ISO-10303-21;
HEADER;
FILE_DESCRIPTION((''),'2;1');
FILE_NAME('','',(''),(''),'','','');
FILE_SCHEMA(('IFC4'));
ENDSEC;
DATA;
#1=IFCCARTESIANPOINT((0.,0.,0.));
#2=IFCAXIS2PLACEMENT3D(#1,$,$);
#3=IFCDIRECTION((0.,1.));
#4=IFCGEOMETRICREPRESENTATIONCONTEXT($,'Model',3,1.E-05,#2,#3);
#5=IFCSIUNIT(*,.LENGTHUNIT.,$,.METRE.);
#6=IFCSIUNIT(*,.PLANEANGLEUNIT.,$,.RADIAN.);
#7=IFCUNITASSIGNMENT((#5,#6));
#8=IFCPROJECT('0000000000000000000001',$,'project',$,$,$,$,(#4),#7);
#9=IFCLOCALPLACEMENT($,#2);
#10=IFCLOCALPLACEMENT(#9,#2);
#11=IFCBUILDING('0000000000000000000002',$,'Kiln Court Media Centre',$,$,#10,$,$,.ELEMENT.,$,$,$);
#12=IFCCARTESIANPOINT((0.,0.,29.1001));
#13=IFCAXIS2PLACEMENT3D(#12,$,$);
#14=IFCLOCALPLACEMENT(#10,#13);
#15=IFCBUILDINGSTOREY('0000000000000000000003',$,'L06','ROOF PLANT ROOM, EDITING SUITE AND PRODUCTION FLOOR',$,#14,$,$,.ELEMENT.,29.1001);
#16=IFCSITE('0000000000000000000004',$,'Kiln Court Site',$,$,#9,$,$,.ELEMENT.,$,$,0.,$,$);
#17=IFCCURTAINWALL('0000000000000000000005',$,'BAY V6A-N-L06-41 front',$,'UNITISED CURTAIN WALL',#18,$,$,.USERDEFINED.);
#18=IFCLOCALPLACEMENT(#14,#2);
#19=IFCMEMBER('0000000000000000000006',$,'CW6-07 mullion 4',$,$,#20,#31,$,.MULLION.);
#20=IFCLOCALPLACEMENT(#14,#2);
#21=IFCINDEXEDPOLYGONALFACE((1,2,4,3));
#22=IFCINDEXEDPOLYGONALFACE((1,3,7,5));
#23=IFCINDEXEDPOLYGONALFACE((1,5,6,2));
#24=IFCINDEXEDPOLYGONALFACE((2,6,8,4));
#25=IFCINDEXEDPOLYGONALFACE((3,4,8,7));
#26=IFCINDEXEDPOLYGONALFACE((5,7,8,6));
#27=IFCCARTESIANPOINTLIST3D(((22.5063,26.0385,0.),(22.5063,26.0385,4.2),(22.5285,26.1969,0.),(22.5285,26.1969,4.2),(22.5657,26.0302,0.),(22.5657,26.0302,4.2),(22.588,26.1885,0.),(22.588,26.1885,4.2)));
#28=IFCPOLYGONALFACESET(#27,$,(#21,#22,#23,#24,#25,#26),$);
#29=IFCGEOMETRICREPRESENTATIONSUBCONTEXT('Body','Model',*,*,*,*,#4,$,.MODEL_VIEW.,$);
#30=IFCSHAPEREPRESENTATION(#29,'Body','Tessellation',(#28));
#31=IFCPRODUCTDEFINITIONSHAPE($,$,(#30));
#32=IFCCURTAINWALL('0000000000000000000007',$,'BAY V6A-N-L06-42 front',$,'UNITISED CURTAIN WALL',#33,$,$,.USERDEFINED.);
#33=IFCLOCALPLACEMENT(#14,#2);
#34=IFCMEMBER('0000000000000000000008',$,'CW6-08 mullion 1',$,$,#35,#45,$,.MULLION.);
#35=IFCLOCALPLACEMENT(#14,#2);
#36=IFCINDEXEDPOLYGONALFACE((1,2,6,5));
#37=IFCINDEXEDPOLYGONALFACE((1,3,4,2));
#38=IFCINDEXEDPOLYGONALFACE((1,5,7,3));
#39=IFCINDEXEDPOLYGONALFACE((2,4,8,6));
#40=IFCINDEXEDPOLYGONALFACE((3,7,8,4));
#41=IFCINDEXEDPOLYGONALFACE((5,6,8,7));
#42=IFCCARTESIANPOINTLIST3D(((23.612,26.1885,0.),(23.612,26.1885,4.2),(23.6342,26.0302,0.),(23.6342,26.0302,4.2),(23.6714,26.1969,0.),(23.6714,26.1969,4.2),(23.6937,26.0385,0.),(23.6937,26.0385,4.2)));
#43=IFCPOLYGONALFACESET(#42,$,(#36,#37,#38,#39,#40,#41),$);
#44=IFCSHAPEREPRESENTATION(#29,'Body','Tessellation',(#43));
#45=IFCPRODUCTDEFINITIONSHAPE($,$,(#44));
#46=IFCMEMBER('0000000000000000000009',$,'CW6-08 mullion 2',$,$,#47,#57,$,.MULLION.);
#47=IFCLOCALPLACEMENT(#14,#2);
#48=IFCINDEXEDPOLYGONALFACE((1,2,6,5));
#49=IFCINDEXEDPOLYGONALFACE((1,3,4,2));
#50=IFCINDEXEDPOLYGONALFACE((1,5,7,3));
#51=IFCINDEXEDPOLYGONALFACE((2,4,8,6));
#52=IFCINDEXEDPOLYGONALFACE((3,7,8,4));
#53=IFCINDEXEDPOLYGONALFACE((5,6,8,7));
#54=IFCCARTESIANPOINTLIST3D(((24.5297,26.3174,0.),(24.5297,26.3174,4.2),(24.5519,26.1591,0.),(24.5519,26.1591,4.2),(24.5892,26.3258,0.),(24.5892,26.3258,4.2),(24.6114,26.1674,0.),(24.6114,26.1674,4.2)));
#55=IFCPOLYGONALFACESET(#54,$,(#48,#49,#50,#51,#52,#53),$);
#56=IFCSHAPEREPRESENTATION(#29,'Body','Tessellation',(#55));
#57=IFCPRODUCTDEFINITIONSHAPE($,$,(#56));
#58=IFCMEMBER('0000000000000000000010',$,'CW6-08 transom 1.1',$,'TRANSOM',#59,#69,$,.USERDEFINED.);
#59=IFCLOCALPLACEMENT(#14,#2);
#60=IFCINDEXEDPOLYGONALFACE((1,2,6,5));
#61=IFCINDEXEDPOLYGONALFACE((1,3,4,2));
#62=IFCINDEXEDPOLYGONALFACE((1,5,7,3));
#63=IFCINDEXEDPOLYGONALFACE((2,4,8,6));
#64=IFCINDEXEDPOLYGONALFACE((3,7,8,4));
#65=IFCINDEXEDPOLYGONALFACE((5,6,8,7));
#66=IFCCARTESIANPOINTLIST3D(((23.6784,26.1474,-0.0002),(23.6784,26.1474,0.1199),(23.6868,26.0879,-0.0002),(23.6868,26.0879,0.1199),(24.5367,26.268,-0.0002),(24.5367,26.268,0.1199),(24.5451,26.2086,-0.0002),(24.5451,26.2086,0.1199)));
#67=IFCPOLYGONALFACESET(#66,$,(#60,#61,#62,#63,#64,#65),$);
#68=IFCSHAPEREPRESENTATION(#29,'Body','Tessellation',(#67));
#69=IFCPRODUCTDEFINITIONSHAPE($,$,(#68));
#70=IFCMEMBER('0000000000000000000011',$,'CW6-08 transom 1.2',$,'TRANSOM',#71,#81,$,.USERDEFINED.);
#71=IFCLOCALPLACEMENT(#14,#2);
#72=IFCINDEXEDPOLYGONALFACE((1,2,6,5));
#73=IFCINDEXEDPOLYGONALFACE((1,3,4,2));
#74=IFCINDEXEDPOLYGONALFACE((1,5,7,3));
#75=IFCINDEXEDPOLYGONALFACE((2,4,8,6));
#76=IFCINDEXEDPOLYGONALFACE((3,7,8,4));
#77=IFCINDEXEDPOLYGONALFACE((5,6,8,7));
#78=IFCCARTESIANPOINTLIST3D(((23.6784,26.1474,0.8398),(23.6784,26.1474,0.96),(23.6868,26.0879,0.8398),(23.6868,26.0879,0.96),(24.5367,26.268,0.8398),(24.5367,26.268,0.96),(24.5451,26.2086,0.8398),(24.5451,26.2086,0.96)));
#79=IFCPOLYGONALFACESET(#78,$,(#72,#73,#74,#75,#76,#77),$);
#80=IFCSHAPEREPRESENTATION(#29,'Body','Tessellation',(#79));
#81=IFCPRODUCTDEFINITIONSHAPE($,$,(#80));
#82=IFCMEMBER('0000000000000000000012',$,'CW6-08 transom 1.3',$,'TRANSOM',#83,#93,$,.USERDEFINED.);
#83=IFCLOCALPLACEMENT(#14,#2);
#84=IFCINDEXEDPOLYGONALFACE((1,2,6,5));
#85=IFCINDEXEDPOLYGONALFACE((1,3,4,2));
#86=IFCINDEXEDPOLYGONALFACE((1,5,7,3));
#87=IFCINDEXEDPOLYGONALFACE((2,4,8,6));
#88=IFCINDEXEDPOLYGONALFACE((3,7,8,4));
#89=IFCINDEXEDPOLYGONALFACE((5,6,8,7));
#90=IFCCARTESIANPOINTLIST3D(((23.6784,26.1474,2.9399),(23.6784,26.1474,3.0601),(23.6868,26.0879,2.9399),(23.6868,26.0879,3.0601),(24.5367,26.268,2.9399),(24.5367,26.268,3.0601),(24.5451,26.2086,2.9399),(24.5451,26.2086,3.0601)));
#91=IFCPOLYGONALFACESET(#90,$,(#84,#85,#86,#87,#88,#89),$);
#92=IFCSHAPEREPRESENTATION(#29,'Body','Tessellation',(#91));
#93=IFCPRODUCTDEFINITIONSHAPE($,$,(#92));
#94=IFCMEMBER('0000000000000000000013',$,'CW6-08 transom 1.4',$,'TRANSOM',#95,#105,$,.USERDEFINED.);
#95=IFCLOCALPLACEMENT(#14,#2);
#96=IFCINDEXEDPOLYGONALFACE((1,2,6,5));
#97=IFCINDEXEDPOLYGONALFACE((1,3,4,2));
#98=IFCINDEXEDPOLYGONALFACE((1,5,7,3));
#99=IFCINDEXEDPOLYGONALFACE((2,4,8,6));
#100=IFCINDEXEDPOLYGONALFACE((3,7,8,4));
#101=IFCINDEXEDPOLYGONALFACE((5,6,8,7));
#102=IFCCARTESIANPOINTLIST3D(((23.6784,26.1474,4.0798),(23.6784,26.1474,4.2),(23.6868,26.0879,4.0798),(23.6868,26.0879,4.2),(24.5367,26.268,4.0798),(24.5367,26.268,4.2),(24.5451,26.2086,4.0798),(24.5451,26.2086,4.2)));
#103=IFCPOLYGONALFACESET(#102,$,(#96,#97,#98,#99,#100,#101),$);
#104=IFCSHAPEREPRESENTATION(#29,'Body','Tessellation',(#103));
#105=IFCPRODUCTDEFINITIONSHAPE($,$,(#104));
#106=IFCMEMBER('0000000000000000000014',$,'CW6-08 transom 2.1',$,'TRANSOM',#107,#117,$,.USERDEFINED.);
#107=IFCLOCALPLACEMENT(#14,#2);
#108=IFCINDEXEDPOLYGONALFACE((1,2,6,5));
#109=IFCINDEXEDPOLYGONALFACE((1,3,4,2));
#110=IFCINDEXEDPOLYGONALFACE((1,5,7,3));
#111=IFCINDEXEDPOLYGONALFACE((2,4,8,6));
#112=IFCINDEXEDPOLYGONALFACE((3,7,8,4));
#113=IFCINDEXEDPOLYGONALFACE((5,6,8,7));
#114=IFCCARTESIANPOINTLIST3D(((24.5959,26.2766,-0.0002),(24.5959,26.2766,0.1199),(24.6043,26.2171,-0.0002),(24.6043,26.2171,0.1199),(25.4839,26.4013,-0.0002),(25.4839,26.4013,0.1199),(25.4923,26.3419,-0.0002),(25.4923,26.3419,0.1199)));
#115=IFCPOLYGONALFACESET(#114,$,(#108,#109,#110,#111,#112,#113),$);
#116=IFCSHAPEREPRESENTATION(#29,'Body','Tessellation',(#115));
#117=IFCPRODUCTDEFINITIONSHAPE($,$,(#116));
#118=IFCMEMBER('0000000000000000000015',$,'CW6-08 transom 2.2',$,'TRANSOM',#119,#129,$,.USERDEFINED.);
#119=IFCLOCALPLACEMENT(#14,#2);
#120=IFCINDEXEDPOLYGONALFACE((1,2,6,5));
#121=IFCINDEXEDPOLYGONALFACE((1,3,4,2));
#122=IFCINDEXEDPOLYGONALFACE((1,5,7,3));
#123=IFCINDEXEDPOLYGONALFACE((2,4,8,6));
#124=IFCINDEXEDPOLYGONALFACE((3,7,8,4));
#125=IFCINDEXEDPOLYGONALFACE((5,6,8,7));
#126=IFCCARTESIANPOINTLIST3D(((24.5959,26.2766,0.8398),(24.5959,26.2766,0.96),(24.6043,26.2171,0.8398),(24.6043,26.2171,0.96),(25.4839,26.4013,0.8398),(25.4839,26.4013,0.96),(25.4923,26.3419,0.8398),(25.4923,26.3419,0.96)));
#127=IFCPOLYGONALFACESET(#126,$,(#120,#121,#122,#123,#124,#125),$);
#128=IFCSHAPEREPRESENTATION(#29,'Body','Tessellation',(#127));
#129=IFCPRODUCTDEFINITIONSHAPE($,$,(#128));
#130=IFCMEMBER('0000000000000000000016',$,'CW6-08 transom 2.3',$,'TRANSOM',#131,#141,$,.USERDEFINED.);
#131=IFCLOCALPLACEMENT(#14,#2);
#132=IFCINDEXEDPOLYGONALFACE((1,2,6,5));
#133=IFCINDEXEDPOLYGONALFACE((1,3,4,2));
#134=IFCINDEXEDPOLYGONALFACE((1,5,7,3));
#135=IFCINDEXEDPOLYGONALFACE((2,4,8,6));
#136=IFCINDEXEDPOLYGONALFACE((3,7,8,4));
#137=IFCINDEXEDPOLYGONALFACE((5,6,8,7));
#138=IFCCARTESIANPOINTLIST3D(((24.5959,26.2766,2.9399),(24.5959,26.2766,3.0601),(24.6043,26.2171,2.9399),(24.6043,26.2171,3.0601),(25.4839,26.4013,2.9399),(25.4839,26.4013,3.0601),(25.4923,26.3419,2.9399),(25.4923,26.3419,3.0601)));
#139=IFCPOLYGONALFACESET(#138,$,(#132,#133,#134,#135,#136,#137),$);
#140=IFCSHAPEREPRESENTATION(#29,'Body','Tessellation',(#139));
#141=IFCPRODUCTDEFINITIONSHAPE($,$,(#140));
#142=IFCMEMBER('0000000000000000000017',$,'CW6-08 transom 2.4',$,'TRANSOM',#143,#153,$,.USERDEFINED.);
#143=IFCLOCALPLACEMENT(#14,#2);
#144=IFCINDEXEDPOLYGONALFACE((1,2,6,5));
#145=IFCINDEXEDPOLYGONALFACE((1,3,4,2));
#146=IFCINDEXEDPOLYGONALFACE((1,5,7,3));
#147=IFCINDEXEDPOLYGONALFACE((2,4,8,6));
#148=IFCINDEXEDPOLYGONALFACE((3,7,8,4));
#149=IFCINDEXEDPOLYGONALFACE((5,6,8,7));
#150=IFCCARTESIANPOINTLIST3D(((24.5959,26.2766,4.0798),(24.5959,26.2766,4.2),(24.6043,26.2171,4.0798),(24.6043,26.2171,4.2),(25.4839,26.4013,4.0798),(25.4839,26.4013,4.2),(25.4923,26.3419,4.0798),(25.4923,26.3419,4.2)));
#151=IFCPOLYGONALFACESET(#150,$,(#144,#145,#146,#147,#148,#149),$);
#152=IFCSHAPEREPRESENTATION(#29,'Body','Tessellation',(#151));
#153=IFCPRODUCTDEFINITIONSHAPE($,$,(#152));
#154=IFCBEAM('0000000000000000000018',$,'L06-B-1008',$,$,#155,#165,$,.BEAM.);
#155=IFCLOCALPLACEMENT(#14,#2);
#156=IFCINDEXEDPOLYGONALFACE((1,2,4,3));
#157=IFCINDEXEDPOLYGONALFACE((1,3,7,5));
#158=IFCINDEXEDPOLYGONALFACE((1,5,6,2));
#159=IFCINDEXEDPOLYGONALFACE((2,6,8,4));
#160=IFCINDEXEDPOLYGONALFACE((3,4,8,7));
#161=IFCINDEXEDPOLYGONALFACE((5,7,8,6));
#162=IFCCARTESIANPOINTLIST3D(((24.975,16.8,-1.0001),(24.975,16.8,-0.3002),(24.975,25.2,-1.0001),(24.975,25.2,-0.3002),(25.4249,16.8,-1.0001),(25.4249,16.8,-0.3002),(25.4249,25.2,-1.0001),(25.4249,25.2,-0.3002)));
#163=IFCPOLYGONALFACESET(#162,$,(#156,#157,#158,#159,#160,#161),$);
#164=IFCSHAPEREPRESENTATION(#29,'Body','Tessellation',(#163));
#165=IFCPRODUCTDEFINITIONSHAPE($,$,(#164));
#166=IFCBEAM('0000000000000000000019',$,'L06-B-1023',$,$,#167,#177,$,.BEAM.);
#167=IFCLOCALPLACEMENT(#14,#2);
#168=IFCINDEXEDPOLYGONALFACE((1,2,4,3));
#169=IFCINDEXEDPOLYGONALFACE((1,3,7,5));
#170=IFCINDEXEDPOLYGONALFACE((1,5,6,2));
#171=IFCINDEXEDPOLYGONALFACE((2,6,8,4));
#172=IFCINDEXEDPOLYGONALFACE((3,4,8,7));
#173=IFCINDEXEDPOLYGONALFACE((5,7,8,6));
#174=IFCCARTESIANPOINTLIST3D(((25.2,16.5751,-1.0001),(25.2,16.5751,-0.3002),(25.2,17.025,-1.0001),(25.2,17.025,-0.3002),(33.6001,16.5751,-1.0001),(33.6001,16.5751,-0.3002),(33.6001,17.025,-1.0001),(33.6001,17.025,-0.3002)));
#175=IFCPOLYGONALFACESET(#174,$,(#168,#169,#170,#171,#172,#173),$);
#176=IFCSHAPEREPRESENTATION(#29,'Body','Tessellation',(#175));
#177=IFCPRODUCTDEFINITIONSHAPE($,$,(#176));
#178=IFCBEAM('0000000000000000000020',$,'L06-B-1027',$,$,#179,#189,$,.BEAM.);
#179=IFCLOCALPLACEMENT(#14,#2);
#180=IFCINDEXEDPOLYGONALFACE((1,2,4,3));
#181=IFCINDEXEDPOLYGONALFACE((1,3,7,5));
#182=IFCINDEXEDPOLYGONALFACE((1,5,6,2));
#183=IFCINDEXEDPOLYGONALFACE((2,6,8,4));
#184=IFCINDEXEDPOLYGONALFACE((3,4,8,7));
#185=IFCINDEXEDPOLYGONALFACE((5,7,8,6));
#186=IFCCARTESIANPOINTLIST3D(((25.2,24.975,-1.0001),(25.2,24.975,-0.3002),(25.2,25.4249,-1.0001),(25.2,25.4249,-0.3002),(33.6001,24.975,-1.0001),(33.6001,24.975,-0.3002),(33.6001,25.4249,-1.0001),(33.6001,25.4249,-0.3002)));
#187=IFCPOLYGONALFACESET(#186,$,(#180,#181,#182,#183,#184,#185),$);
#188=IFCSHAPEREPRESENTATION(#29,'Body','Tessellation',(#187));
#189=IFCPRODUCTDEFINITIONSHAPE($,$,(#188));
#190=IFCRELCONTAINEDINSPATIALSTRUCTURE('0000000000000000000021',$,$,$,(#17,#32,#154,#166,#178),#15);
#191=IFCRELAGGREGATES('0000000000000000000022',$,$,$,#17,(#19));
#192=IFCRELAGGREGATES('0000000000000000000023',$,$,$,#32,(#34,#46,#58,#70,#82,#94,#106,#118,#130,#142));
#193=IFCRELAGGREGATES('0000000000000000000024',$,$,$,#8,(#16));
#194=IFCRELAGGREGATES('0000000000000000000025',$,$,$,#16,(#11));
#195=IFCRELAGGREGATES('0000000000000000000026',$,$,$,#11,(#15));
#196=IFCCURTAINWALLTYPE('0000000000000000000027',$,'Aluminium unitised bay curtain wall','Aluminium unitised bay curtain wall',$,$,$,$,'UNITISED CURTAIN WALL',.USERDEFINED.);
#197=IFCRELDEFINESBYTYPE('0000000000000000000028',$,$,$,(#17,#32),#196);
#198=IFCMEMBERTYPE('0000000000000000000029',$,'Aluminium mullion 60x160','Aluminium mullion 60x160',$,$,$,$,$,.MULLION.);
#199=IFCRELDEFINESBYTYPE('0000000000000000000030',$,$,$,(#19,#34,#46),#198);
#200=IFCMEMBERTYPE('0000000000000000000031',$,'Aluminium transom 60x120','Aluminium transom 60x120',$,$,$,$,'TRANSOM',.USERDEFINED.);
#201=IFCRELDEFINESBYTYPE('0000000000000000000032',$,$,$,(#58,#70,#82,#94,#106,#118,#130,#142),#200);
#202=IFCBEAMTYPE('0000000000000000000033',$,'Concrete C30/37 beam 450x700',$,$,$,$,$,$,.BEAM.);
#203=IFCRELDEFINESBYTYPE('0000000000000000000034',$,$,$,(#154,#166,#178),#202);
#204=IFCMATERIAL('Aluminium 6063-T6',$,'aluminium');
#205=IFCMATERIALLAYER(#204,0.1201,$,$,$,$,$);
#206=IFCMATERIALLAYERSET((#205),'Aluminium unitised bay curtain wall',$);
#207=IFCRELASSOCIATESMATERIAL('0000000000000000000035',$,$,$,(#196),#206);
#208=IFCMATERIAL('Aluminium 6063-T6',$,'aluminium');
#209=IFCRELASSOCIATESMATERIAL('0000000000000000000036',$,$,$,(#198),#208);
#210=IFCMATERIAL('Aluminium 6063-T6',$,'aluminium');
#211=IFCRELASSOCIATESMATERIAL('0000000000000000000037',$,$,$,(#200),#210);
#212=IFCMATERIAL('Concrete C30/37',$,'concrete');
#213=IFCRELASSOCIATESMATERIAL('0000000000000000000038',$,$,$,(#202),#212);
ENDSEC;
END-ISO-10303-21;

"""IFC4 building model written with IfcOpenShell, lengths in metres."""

from ifc_helpers import new_model, si_unit, direction, frame, origin, origin_2d, place, context, subcontext, project, spatial, rectangle, extrude, material, layer, layer_set, material_profile, profile_set, type_object, element, aggregate, save


model = new_model("IFC4")

# Units and contexts
model_context = context("Model", 3, precision=1e-05, world=origin(), true_north=direction((0.0, 1.0)))
body_context = subcontext(model_context, "Body", "Model", "MODEL_VIEW")
ifc_project = project(units=[si_unit("LENGTHUNIT", "METRE"), si_unit("PLANEANGLEUNIT", "RADIAN")], contexts=[model_context])

# Site, building, storey
site_placement = place(None, origin())
site = spatial("IfcSite", under=ifc_project, at=site_placement, Name="Kiln Court Site", CompositionType="ELEMENT", RefElevation=0.0)
building_placement = place(site_placement, origin())
building = spatial("IfcBuilding", under=site, at=building_placement, Name="Kiln Court Media Centre", CompositionType="ELEMENT")
storey_placement = place(building_placement, frame((0.0, 0.0, 29.1001)))
storey = spatial("IfcBuildingStorey", under=building, at=storey_placement, Name="L06", Description="ROOF PLANT ROOM, EDITING SUITE AND PRODUCTION FLOOR", CompositionType="ELEMENT", Elevation=29.1001)

# Curtain wall, member
ifc_material_1 = material(Name="Aluminium 6063-T6", Category="aluminium")
ifc_layer_1 = layer(ifc_material_1, 0.1201)
ifc_layer_set_1 = layer_set([ifc_layer_1], Name="Aluminium unitised bay curtain wall")
curtain_wall_type = type_object("IfcCurtainWallType", Name="Aluminium unitised bay curtain wall", Description="Aluminium unitised bay curtain wall", ElementType="UNITISED CURTAIN WALL", PredefinedType="USERDEFINED", material=ifc_layer_set_1)
curtain_wall_1_placement = place(storey_placement, origin())
curtain_wall_1 = element("IfcCurtainWall", 1, at=curtain_wall_1_placement, inside=storey, type_object=curtain_wall_type, Name="BAY V6A-N-L06-41 front", ObjectType="UNITISED CURTAIN WALL", PredefinedType="USERDEFINED")
ifc_material_2 = material(Name="Aluminium 6063-T6", Category="aluminium")
ifc_material_profile_1 = material_profile(ifc_material_2, rectangle(XDim=0.0601, YDim=0.1599, at=origin_2d()), Name="Aluminium mullion 60x160")
ifc_profile_set_1 = profile_set([ifc_material_profile_1], Name="Aluminium 6063-T6")
member_type_1 = type_object("IfcMemberType", Name="Aluminium mullion 60x160", Description="Aluminium mullion 60x160", PredefinedType="MULLION", material=ifc_profile_set_1)
member_1_placement = place(storey_placement, frame((22.5471, 26.1135, 0.0), z_axis=(0.0, 0.0, 1.0), x_axis=(0.99027, -0.139162, 0.0)))
member_1 = element("IfcMember", 2, at=member_1_placement, type_object=member_type_1, Name="CW6-07 mullion 4", PredefinedType="MULLION", context=body_context, shape_type="SweptSolid", body=[
    extrude(rectangle(XDim=0.0601, YDim=0.1599, at=origin_2d()), origin(), (0.0, 0.0, 1.0), 4.2),
])
aggregate(curtain_wall_1, [member_1])

# Curtain wall, members
curtain_wall_2_placement = place(storey_placement, origin())
curtain_wall_2 = element("IfcCurtainWall", 3, at=curtain_wall_2_placement, inside=storey, type_object=curtain_wall_type, Name="BAY V6A-N-L06-42 front", ObjectType="UNITISED CURTAIN WALL", PredefinedType="USERDEFINED")
member_2_placement = place(storey_placement, frame((23.6528, 26.1135, 0.0), z_axis=(0.0, 0.0, 1.0), x_axis=(0.99027, 0.139162, 0.0)))
member_2 = element("IfcMember", 4, at=member_2_placement, type_object=member_type_1, Name="CW6-08 mullion 1", PredefinedType="MULLION", context=body_context, shape_type="SweptSolid", body=[
    extrude(rectangle(XDim=0.0601, YDim=0.1599, at=origin_2d()), origin(), (0.0, 0.0, 1.0), 4.2),
])
member_3_placement = place(storey_placement, frame((24.5706, 26.2424, 0.0), z_axis=(0.0, 0.0, 1.0), x_axis=(0.99027, 0.139162, 0.0)))
member_3 = element("IfcMember", 5, at=member_3_placement, type_object=member_type_1, Name="CW6-08 mullion 2", PredefinedType="MULLION", context=body_context, shape_type="SweptSolid", body=[
    extrude(rectangle(XDim=0.0601, YDim=0.1599, at=origin_2d()), origin(), (0.0, 0.0, 1.0), 4.2),
])
ifc_material_3 = material(Name="Aluminium 6063-T6", Category="aluminium")
ifc_material_profile_2 = material_profile(ifc_material_3, rectangle(XDim=0.0601, YDim=0.1201, at=origin_2d()), Name="Aluminium transom 60x120")
ifc_profile_set_2 = profile_set([ifc_material_profile_2], Name="Aluminium 6063-T6")
member_type_2 = type_object("IfcMemberType", Name="Aluminium transom 60x120", Description="Aluminium transom 60x120", ElementType="TRANSOM", PredefinedType="USERDEFINED", material=ifc_profile_set_2)
member_4_placement = place(storey_placement, frame((23.6826, 26.1177, 0.0598), z_axis=(0.990268, 0.139173, 0.0), x_axis=(-0.139173, 0.990268, 0.0)))
member_4 = element("IfcMember", 6, at=member_4_placement, type_object=member_type_2, Name="CW6-08 transom 1.1", ObjectType="TRANSOM", PredefinedType="USERDEFINED", context=body_context, shape_type="SweptSolid", body=[
    extrude(rectangle(XDim=0.0601, YDim=0.1201, at=origin_2d()), origin(), (0.0, 0.0, 1.0), 0.8667),
])
member_5_placement = place(storey_placement, frame((23.6826, 26.1177, 0.8999), z_axis=(0.990268, 0.139173, 0.0), x_axis=(-0.139173, 0.990268, 0.0)))
member_5 = element("IfcMember", 7, at=member_5_placement, type_object=member_type_2, Name="CW6-08 transom 1.2", ObjectType="TRANSOM", PredefinedType="USERDEFINED", context=body_context, shape_type="SweptSolid", body=[
    extrude(rectangle(XDim=0.0601, YDim=0.1201, at=origin_2d()), origin(), (0.0, 0.0, 1.0), 0.8667),
])
member_6_placement = place(storey_placement, frame((23.6826, 26.1177, 3.0), z_axis=(0.990268, 0.139173, 0.0), x_axis=(-0.139173, 0.990268, 0.0)))
member_6 = element("IfcMember", 8, at=member_6_placement, type_object=member_type_2, Name="CW6-08 transom 1.3", ObjectType="TRANSOM", PredefinedType="USERDEFINED", context=body_context, shape_type="SweptSolid", body=[
    extrude(rectangle(XDim=0.0601, YDim=0.1201, at=origin_2d()), origin(), (0.0, 0.0, 1.0), 0.8667),
])
member_7_placement = place(storey_placement, frame((23.6826, 26.1177, 4.1399), z_axis=(0.990268, 0.139173, 0.0), x_axis=(-0.139173, 0.990268, 0.0)))
member_7 = element("IfcMember", 9, at=member_7_placement, type_object=member_type_2, Name="CW6-08 transom 1.4", ObjectType="TRANSOM", PredefinedType="USERDEFINED", context=body_context, shape_type="SweptSolid", body=[
    extrude(rectangle(XDim=0.0601, YDim=0.1201, at=origin_2d()), origin(), (0.0, 0.0, 1.0), 0.8667),
])
member_8_placement = place(storey_placement, frame((24.6001, 26.2468, 0.0598), z_axis=(0.990274, 0.139134, 0.0), x_axis=(-0.139134, 0.990274, 0.0)))
member_8 = element("IfcMember", 10, at=member_8_placement, type_object=member_type_2, Name="CW6-08 transom 2.1", ObjectType="TRANSOM", PredefinedType="USERDEFINED", context=body_context, shape_type="SweptSolid", body=[
    extrude(rectangle(XDim=0.0601, YDim=0.1201, at=origin_2d()), origin(), (0.0, 0.0, 1.0), 0.8967),
])
member_9_placement = place(storey_placement, frame((24.6001, 26.2468, 0.8999), z_axis=(0.990274, 0.139134, 0.0), x_axis=(-0.139134, 0.990274, 0.0)))
member_9 = element("IfcMember", 11, at=member_9_placement, type_object=member_type_2, Name="CW6-08 transom 2.2", ObjectType="TRANSOM", PredefinedType="USERDEFINED", context=body_context, shape_type="SweptSolid", body=[
    extrude(rectangle(XDim=0.0601, YDim=0.1201, at=origin_2d()), origin(), (0.0, 0.0, 1.0), 0.8967),
])
member_10_placement = place(storey_placement, frame((24.6001, 26.2468, 3.0), z_axis=(0.990274, 0.139134, 0.0), x_axis=(-0.139134, 0.990274, 0.0)))
member_10 = element("IfcMember", 12, at=member_10_placement, type_object=member_type_2, Name="CW6-08 transom 2.3", ObjectType="TRANSOM", PredefinedType="USERDEFINED", context=body_context, shape_type="SweptSolid", body=[
    extrude(rectangle(XDim=0.0601, YDim=0.1201, at=origin_2d()), origin(), (0.0, 0.0, 1.0), 0.8967),
])
member_11_placement = place(storey_placement, frame((24.6001, 26.2468, 4.1399), z_axis=(0.990274, 0.139134, 0.0), x_axis=(-0.139134, 0.990274, 0.0)))
member_11 = element("IfcMember", 13, at=member_11_placement, type_object=member_type_2, Name="CW6-08 transom 2.4", ObjectType="TRANSOM", PredefinedType="USERDEFINED", context=body_context, shape_type="SweptSolid", body=[
    extrude(rectangle(XDim=0.0601, YDim=0.1201, at=origin_2d()), origin(), (0.0, 0.0, 1.0), 0.8967),
])

# Beams
ifc_material_4 = material(Name="Concrete C30/37", Category="concrete")
ifc_material_profile_3 = material_profile(ifc_material_4, rectangle(XDim=0.45, YDim=0.7, at=origin_2d()), Name="RC 450x700")
ifc_profile_set_3 = profile_set([ifc_material_profile_3], Name="Concrete C30/37")
beam_type = type_object("IfcBeamType", Name="Concrete C30/37 beam 450x700", PredefinedType="BEAM", material=ifc_profile_set_3)
beam_placement = place(storey_placement, frame((25.2, 16.8, -0.6501), z_axis=(0.0, 1.0, 0.0), x_axis=(-1.0, 0.0, 0.0)))
element("IfcBeam", 14, at=beam_placement, inside=storey, type_object=beam_type, Name="L06-B-1008", PredefinedType="BEAM", context=body_context, shape_type="SweptSolid", body=[
    extrude(rectangle(XDim=0.45, YDim=0.7, at=origin_2d()), origin(), (0.0, 0.0, 1.0), 8.3999),
])
for number, where, z_axis, x_axis, name in (
    (15, (25.2, 16.8, -0.6501), (1.0, 0.0, 0.0), (0.0, 1.0, 0.0), "L06-B-1023"),
    (16, (25.2, 25.2, -0.6501), (1.0, 0.0, 0.0), (0.0, 1.0, 0.0), "L06-B-1027"),
):
    element("IfcBeam", number, at=place(storey_placement, frame(where, z_axis=z_axis, x_axis=x_axis)), inside=storey, type_object=beam_type, Name=name, PredefinedType="BEAM", context=body_context, shape_type="SweptSolid", body=[
        extrude(rectangle(XDim=0.45, YDim=0.7, at=origin_2d()), origin(), (0.0, 0.0, 1.0), 8.4001),
    ])

aggregate(curtain_wall_2, [member_2, member_3, member_4, member_5, member_6, member_7, member_8, member_9, member_10, member_11])

save(model, "model.ifc")
